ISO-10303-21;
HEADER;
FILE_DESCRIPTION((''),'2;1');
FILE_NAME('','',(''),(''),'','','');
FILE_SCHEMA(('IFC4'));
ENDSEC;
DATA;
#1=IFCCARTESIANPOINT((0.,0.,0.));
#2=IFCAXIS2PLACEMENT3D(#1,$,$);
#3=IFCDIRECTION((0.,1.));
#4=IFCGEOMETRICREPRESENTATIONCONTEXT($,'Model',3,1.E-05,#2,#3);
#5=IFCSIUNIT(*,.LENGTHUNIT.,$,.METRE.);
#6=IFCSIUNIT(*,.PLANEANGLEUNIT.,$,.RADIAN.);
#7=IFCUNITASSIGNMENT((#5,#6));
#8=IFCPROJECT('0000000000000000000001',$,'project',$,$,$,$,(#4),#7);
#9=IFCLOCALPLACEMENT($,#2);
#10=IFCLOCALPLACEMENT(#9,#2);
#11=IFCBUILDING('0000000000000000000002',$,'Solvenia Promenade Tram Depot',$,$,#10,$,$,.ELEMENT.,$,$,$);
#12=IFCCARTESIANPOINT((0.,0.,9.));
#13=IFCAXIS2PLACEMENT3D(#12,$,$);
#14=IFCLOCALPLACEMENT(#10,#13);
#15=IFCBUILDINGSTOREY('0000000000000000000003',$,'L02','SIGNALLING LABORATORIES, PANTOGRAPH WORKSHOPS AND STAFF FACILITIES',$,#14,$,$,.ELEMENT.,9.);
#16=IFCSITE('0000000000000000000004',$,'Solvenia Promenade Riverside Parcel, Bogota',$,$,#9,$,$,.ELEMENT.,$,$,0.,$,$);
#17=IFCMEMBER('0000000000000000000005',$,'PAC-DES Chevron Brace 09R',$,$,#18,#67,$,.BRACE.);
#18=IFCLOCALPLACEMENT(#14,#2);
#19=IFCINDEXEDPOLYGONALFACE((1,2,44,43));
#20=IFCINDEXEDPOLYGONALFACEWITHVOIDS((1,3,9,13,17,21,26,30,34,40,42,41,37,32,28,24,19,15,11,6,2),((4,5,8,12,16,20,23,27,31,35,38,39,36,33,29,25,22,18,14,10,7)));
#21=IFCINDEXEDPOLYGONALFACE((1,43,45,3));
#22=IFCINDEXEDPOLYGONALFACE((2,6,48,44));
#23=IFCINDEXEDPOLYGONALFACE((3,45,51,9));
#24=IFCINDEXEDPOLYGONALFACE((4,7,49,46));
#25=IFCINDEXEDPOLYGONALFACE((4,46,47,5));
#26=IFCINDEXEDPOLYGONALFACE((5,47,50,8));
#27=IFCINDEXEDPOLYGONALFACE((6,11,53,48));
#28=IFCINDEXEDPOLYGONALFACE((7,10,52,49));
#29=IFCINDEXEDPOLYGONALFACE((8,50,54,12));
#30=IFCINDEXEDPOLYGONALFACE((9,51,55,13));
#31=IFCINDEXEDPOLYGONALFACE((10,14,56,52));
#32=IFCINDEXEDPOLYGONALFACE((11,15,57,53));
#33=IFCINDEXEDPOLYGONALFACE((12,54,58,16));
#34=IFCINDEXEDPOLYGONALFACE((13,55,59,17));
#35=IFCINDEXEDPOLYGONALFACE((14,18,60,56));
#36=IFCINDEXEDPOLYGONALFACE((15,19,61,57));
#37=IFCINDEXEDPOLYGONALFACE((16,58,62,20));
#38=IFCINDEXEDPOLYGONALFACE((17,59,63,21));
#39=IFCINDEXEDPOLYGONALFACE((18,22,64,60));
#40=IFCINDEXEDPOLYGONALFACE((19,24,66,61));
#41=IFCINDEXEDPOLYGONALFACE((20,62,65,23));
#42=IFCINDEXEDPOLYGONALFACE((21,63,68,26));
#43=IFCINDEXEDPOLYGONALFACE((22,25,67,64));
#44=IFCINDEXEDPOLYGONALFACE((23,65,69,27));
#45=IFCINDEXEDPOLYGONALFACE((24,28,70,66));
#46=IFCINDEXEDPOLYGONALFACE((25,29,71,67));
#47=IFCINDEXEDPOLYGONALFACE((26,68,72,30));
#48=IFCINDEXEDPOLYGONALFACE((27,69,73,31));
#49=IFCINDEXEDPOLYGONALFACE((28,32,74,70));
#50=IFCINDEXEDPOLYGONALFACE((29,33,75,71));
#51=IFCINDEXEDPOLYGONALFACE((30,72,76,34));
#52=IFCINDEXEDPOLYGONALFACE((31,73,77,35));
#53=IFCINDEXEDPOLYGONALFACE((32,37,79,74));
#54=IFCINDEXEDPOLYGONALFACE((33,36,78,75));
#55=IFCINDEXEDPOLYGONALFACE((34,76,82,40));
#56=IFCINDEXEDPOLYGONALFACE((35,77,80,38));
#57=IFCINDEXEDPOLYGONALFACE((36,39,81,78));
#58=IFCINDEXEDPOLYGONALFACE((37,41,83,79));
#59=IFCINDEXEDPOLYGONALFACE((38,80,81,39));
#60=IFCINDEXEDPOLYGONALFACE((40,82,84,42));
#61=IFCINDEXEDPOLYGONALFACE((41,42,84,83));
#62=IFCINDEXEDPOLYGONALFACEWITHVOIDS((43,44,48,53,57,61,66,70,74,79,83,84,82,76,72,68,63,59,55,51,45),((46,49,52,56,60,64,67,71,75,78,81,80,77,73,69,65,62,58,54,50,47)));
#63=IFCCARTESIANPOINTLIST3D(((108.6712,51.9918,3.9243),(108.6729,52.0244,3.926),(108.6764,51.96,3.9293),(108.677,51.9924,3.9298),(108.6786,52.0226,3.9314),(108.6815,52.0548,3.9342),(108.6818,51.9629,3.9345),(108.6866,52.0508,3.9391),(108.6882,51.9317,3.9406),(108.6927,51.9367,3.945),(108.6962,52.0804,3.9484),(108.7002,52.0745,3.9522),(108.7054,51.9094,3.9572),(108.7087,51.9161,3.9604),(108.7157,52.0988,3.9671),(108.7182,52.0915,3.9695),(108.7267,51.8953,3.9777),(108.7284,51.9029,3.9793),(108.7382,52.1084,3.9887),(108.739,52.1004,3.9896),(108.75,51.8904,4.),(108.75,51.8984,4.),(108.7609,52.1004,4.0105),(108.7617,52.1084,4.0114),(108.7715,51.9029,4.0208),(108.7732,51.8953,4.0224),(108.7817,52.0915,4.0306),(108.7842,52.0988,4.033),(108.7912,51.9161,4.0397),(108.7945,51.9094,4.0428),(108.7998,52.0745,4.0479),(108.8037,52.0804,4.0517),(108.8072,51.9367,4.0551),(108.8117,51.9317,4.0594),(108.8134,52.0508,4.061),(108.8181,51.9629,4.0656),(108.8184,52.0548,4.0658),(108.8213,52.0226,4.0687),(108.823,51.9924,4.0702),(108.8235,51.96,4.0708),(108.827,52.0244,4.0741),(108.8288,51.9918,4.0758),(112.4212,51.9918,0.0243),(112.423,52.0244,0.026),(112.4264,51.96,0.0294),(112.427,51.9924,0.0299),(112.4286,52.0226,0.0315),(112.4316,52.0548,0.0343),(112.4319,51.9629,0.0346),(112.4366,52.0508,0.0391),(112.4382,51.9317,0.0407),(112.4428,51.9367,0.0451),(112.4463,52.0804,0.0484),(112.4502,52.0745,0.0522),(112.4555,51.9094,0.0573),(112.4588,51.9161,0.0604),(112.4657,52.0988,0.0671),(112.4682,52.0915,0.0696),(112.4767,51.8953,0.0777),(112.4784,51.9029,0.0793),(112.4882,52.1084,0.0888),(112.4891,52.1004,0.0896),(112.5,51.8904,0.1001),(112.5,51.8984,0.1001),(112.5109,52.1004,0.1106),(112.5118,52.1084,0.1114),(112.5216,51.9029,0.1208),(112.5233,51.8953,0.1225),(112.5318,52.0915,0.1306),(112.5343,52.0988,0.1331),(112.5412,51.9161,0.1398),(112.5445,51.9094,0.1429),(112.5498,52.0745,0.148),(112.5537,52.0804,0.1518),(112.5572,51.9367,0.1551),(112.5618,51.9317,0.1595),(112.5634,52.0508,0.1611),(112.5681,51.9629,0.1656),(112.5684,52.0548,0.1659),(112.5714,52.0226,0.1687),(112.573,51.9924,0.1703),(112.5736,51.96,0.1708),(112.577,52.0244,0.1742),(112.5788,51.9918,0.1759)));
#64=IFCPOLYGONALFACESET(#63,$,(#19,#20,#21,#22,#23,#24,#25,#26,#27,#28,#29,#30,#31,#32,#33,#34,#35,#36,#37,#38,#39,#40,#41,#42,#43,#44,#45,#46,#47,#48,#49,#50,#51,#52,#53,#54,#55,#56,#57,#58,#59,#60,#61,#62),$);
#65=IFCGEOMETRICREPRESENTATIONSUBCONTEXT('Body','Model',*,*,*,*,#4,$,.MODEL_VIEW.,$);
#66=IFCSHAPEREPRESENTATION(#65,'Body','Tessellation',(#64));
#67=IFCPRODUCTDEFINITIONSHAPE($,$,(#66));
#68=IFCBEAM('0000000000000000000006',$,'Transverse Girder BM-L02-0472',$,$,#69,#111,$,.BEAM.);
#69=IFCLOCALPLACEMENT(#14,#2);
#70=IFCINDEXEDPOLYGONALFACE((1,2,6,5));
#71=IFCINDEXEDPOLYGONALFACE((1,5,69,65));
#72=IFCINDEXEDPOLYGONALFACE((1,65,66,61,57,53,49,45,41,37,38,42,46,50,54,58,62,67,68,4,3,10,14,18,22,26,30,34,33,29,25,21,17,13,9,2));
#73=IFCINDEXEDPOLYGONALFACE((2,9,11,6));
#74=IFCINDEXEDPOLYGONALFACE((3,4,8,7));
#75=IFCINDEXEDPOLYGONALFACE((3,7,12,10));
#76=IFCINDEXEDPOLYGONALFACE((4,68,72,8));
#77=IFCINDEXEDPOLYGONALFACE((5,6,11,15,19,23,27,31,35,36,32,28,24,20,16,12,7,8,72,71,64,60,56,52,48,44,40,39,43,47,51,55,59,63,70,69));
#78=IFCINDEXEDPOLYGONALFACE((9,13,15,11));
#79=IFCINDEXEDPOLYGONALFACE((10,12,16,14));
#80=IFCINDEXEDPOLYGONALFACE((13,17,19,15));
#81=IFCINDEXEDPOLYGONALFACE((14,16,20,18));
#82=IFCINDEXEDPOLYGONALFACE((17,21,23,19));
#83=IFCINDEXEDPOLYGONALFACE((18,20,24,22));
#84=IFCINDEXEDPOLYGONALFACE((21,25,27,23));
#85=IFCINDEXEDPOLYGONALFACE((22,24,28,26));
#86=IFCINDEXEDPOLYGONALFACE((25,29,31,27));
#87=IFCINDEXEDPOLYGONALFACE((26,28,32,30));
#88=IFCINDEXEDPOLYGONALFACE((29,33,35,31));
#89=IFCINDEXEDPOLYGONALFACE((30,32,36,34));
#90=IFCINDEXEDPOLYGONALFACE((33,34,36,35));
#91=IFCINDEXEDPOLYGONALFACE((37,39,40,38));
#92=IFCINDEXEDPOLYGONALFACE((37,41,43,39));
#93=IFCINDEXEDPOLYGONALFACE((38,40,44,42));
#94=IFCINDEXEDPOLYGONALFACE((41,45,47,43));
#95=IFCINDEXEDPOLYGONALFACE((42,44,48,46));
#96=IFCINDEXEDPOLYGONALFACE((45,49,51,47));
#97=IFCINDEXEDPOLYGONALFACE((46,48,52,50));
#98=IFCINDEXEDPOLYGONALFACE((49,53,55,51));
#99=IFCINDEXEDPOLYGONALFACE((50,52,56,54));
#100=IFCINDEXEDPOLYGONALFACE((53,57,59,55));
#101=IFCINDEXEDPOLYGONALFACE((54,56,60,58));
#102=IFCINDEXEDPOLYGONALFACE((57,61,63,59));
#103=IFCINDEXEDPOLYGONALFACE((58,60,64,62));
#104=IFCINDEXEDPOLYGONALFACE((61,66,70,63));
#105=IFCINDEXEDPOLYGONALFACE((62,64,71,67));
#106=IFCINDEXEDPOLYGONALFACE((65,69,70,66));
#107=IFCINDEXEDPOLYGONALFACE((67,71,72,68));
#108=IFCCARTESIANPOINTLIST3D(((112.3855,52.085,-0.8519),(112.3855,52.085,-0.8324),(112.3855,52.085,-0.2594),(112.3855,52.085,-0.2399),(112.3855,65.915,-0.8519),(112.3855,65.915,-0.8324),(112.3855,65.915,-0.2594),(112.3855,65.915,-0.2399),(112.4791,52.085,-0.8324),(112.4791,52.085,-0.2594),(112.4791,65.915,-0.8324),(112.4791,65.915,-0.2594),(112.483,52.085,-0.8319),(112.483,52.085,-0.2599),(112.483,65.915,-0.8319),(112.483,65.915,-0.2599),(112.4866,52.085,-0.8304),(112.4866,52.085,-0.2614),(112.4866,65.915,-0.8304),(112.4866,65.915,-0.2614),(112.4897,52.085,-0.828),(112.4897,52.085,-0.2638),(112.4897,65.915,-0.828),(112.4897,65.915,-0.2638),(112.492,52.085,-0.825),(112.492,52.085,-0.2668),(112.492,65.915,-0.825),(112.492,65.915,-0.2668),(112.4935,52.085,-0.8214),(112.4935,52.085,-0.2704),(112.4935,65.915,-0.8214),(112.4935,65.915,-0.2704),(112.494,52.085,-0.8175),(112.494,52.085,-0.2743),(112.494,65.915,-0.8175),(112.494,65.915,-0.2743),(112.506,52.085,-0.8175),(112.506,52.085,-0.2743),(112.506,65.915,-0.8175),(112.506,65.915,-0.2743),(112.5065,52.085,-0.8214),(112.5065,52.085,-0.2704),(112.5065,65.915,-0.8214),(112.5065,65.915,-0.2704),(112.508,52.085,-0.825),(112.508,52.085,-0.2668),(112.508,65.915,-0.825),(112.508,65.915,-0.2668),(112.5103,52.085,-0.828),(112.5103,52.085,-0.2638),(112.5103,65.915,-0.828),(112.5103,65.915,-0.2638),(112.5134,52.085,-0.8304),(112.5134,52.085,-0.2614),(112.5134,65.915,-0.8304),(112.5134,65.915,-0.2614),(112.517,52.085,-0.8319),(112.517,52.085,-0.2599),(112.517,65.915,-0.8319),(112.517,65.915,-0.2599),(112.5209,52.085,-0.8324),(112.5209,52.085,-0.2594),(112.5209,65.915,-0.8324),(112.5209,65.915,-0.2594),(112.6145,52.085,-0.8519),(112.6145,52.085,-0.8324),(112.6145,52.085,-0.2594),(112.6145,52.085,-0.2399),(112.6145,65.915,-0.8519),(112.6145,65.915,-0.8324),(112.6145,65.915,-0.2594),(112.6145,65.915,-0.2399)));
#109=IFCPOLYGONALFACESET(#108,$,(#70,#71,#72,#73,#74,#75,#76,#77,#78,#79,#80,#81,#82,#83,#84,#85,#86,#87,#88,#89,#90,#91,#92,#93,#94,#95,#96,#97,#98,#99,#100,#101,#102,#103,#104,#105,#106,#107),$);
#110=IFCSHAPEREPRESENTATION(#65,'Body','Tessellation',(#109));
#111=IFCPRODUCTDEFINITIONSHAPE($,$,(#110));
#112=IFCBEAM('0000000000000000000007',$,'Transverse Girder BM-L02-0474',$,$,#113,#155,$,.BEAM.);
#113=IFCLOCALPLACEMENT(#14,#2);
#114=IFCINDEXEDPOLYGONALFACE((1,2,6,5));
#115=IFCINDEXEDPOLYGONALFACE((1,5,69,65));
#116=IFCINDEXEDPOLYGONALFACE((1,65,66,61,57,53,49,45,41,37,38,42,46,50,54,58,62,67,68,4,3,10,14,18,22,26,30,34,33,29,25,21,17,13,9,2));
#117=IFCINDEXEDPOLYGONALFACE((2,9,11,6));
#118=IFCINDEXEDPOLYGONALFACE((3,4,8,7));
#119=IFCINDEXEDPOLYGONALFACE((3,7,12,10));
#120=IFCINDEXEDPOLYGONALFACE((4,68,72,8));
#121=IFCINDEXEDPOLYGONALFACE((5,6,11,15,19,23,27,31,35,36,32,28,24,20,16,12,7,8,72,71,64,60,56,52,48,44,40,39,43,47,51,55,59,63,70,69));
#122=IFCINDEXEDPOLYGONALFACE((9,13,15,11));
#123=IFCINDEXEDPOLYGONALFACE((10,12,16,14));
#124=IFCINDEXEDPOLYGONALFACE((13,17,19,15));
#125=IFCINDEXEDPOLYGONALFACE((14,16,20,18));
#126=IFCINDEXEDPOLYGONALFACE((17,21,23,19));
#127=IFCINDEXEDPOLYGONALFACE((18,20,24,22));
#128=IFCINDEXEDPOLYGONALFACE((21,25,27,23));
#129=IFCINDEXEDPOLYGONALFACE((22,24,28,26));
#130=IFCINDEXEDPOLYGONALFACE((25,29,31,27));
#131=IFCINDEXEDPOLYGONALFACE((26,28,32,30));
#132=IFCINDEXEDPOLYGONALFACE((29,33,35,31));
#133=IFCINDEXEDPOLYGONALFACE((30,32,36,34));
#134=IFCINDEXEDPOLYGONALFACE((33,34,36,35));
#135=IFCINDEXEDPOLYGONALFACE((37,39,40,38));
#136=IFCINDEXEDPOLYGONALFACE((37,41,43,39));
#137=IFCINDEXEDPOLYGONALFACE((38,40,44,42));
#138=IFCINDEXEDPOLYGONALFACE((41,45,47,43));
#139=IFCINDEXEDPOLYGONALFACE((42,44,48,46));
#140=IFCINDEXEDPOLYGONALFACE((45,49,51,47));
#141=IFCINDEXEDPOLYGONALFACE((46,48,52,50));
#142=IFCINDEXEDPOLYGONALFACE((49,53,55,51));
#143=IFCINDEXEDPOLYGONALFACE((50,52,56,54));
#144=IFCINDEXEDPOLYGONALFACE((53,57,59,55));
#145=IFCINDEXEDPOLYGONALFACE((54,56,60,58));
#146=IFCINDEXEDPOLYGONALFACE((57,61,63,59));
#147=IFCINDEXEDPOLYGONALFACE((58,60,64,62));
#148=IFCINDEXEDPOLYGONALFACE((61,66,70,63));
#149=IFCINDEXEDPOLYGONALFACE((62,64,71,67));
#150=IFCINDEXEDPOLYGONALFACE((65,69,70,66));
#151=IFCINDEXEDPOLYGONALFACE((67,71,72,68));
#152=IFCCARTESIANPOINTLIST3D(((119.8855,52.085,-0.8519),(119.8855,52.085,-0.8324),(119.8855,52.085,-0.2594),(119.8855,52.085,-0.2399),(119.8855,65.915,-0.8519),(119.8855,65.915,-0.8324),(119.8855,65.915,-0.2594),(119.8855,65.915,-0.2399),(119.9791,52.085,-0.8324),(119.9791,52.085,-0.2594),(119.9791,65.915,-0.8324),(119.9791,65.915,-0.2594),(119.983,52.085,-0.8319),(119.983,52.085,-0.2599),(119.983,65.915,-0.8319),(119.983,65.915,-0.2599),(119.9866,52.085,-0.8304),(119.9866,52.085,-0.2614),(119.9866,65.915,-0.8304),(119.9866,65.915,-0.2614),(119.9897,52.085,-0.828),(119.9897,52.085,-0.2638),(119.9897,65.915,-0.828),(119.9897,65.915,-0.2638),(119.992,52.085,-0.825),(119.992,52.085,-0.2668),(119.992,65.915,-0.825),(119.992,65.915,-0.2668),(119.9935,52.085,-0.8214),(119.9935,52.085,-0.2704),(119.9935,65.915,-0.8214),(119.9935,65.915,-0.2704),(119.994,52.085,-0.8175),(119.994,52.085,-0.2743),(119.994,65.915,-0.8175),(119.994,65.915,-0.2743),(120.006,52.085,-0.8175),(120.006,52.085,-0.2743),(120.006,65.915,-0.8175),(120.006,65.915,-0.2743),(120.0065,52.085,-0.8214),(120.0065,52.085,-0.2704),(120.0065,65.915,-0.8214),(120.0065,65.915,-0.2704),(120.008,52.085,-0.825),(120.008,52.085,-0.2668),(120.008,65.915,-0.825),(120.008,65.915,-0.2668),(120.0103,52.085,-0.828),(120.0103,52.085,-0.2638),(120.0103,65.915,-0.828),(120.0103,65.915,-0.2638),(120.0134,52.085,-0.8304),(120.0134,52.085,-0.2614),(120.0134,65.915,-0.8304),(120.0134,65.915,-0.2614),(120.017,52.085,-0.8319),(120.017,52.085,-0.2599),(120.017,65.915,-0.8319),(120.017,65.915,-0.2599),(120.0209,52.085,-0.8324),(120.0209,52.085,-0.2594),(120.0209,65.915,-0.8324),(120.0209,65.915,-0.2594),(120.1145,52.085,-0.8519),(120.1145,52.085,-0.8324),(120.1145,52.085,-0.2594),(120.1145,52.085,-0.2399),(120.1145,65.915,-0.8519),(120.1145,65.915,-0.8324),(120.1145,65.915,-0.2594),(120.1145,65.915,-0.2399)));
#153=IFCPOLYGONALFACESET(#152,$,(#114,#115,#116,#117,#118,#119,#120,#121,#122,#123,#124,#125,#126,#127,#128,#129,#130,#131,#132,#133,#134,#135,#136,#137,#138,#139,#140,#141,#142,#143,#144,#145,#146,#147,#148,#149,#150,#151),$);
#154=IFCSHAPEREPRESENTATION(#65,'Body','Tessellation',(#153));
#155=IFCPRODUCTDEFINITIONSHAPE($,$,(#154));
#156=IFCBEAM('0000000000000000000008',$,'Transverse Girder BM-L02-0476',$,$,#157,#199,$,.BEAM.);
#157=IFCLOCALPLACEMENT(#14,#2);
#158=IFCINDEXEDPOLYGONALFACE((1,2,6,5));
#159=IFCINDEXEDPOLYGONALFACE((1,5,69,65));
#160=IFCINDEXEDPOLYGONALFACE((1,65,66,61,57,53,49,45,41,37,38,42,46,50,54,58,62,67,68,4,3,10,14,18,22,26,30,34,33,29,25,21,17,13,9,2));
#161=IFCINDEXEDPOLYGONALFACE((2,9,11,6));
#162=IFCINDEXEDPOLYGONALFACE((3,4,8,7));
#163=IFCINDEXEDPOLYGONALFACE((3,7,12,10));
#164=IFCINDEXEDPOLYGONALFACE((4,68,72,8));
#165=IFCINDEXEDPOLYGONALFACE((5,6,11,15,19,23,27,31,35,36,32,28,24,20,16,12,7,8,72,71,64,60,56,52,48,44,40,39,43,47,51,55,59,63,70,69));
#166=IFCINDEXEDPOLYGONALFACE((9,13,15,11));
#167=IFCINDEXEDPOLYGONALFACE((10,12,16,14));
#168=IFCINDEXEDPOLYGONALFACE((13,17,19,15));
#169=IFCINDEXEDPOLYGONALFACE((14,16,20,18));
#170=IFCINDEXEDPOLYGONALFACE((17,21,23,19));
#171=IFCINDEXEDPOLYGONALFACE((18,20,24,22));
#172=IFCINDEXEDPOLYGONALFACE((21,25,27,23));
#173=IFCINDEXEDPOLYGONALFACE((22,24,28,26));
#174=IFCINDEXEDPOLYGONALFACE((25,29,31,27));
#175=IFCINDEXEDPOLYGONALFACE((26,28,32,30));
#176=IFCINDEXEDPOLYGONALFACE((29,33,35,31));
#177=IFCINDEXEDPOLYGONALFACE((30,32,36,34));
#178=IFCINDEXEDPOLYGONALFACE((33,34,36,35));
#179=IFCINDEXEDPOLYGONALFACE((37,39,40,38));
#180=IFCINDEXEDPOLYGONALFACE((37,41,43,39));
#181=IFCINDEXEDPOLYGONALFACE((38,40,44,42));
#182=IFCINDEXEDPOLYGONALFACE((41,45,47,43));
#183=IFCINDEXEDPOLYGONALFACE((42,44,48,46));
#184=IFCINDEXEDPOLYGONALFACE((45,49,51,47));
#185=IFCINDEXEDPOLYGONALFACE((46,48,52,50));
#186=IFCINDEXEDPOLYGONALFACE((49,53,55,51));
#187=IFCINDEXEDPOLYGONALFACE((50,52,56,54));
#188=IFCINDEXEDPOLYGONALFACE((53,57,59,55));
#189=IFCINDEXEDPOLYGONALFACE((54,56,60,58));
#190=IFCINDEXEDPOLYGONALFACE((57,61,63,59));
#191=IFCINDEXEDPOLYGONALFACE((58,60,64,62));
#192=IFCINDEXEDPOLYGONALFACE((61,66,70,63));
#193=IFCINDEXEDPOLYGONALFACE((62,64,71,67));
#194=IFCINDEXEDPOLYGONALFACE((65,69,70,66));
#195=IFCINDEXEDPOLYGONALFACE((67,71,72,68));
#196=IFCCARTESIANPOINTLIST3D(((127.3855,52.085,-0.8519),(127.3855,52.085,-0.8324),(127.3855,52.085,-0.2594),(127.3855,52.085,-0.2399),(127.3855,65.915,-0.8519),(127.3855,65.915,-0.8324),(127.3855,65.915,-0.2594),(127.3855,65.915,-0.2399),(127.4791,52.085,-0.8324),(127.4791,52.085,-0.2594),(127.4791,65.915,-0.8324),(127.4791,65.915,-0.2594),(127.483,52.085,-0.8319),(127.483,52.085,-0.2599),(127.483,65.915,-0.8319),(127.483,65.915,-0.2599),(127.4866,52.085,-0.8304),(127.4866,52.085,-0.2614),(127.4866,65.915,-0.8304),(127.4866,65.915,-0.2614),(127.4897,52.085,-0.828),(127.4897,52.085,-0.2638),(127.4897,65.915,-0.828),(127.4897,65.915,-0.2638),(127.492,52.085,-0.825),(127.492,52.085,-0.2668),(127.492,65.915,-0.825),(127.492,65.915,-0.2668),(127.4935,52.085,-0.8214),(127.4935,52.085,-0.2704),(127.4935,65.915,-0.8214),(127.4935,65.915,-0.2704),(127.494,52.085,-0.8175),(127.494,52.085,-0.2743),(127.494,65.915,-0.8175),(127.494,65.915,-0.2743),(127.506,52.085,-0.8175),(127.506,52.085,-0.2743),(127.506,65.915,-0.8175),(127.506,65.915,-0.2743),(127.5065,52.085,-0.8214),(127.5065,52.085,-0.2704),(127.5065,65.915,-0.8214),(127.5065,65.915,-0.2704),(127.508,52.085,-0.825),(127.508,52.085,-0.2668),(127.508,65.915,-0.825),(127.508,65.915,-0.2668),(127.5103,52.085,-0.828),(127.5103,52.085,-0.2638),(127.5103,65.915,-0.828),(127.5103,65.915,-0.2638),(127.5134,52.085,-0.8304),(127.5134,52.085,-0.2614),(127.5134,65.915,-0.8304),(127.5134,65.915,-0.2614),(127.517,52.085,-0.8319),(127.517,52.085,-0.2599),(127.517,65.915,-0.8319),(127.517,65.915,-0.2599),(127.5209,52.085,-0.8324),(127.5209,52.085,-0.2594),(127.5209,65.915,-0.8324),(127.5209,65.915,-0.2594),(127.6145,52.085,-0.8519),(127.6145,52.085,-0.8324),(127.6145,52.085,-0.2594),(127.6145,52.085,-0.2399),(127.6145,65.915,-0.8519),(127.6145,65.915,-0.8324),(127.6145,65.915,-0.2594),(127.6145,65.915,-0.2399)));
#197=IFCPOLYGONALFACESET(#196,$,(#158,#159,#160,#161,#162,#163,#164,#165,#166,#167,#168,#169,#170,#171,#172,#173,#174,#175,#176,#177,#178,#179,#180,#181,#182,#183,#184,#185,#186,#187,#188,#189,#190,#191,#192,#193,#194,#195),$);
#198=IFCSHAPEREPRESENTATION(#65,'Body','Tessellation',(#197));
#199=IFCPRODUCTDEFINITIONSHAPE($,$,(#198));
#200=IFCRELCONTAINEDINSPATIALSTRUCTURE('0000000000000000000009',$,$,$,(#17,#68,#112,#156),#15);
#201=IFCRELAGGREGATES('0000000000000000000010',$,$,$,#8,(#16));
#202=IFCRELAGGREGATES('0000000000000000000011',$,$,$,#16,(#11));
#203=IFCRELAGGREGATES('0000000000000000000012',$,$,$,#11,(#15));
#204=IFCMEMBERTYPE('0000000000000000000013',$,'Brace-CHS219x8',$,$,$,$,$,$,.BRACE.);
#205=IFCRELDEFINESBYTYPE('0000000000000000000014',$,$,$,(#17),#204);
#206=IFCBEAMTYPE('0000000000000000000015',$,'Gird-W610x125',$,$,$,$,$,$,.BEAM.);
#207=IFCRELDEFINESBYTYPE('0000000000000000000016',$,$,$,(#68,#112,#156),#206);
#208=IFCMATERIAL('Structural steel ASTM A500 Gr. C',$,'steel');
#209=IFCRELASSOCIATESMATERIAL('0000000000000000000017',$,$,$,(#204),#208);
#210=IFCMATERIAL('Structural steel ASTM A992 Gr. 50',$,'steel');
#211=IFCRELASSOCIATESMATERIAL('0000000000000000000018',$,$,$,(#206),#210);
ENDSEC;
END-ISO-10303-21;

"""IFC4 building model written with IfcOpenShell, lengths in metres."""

from ifc_helpers import new_model, si_unit, direction, frame, origin, origin_2d, place, context, subcontext, project, spatial, hollow_circle, i_section, extrude, material, material_profile, profile_set, type_object, element, save


model = new_model("IFC4")

# Units and contexts
model_context = context("Model", 3, precision=1e-05, world=origin(), true_north=direction((0.0, 1.0)))
body_context = subcontext(model_context, "Body", "Model", "MODEL_VIEW")
ifc_project = project(units=[si_unit("LENGTHUNIT", "METRE"), si_unit("PLANEANGLEUNIT", "RADIAN")], contexts=[model_context])

# Site, building, storey
site_placement = place(None, origin())
site = spatial("IfcSite", under=ifc_project, at=site_placement, Name="Solvenia Promenade Riverside Parcel, Bogota", CompositionType="ELEMENT", RefElevation=0.0)
building_placement = place(site_placement, origin())
building = spatial("IfcBuilding", under=site, at=building_placement, Name="Solvenia Promenade Tram Depot", CompositionType="ELEMENT")
storey_placement = place(building_placement, frame((0.0, 0.0, 9.0)))
storey = spatial("IfcBuildingStorey", under=building, at=storey_placement, Name="L02", Description="SIGNALLING LABORATORIES, PANTOGRAPH WORKSHOPS AND STAFF FACILITIES", CompositionType="ELEMENT", Elevation=9.0)

# Shared definitions
ifc_material_1 = material(Name="Structural steel ASTM A992 Gr. 50", Category="steel")

# Member
ifc_material_2 = material(Name="Structural steel ASTM A500 Gr. C", Category="steel")
ifc_material_profile_1 = material_profile(ifc_material_2, hollow_circle(Radius=0.1096, WallThickness=0.0081, at=origin_2d()), Name="CHS219.1x8", Category="steel")
ifc_profile_set_1 = profile_set([ifc_material_profile_1], Name="Structural steel ASTM A500 Gr. C")
member_type = type_object("IfcMemberType", Name="Brace-CHS219x8", PredefinedType="BRACE", material=ifc_profile_set_1)
member_placement = place(storey_placement, frame((112.5, 52.0, 0.1001), z_axis=(-0.693118, 0.0, 0.720824), x_axis=(0.0, -1.0, 0.0)))
element("IfcMember", 1, at=member_placement, inside=storey, type_object=member_type, Name="PAC-DES Chevron Brace 09R", PredefinedType="BRACE", context=body_context, shape_type="SweptSolid", body=[
    extrude(hollow_circle(Radius=0.1096, WallThickness=0.0081, at=origin_2d()), origin(), (0.0, 0.0, 1.0), 5.4104),
])

# Beams
ifc_material_profile_2 = material_profile(ifc_material_1, i_section(OverallWidth=0.229, OverallDepth=0.6121, WebThickness=0.012, FlangeThickness=0.0195, FilletRadius=0.0149, at=origin_2d()), Name="W610x125", Category="steel")
ifc_profile_set_2 = profile_set([ifc_material_profile_2], Name="Structural steel ASTM A992 Gr. 50")
beam_type_1 = type_object("IfcBeamType", Name="Gird-W610x125", PredefinedType="BEAM", material=ifc_profile_set_2)
for number, where, z_axis, x_axis, name in (
    (2, (112.5, 52.085, -0.5459), (0.0, 1.0, 0.0), (-1.0, 0.0, 0.0), "Transverse Girder BM-L02-0472"),
    (3, (120.0, 52.085, -0.5459), (0.0, 1.0, 0.0), (-1.0, 0.0, 0.0), "Transverse Girder BM-L02-0474"),
    (4, (127.5, 52.085, -0.5459), (0.0, 1.0, 0.0), (-1.0, 0.0, 0.0), "Transverse Girder BM-L02-0476"),
):
    element("IfcBeam", number, at=place(storey_placement, frame(where, z_axis=z_axis, x_axis=x_axis)), inside=storey, type_object=beam_type_1, Name=name, PredefinedType="BEAM", context=body_context, shape_type="SweptSolid", body=[
        extrude(i_section(OverallWidth=0.229, OverallDepth=0.6121, WebThickness=0.012, FlangeThickness=0.0195, FilletRadius=0.0149, at=origin_2d()), origin(), (0.0, 0.0, 1.0), 13.8301),
    ])

save(model, "model.ifc")
